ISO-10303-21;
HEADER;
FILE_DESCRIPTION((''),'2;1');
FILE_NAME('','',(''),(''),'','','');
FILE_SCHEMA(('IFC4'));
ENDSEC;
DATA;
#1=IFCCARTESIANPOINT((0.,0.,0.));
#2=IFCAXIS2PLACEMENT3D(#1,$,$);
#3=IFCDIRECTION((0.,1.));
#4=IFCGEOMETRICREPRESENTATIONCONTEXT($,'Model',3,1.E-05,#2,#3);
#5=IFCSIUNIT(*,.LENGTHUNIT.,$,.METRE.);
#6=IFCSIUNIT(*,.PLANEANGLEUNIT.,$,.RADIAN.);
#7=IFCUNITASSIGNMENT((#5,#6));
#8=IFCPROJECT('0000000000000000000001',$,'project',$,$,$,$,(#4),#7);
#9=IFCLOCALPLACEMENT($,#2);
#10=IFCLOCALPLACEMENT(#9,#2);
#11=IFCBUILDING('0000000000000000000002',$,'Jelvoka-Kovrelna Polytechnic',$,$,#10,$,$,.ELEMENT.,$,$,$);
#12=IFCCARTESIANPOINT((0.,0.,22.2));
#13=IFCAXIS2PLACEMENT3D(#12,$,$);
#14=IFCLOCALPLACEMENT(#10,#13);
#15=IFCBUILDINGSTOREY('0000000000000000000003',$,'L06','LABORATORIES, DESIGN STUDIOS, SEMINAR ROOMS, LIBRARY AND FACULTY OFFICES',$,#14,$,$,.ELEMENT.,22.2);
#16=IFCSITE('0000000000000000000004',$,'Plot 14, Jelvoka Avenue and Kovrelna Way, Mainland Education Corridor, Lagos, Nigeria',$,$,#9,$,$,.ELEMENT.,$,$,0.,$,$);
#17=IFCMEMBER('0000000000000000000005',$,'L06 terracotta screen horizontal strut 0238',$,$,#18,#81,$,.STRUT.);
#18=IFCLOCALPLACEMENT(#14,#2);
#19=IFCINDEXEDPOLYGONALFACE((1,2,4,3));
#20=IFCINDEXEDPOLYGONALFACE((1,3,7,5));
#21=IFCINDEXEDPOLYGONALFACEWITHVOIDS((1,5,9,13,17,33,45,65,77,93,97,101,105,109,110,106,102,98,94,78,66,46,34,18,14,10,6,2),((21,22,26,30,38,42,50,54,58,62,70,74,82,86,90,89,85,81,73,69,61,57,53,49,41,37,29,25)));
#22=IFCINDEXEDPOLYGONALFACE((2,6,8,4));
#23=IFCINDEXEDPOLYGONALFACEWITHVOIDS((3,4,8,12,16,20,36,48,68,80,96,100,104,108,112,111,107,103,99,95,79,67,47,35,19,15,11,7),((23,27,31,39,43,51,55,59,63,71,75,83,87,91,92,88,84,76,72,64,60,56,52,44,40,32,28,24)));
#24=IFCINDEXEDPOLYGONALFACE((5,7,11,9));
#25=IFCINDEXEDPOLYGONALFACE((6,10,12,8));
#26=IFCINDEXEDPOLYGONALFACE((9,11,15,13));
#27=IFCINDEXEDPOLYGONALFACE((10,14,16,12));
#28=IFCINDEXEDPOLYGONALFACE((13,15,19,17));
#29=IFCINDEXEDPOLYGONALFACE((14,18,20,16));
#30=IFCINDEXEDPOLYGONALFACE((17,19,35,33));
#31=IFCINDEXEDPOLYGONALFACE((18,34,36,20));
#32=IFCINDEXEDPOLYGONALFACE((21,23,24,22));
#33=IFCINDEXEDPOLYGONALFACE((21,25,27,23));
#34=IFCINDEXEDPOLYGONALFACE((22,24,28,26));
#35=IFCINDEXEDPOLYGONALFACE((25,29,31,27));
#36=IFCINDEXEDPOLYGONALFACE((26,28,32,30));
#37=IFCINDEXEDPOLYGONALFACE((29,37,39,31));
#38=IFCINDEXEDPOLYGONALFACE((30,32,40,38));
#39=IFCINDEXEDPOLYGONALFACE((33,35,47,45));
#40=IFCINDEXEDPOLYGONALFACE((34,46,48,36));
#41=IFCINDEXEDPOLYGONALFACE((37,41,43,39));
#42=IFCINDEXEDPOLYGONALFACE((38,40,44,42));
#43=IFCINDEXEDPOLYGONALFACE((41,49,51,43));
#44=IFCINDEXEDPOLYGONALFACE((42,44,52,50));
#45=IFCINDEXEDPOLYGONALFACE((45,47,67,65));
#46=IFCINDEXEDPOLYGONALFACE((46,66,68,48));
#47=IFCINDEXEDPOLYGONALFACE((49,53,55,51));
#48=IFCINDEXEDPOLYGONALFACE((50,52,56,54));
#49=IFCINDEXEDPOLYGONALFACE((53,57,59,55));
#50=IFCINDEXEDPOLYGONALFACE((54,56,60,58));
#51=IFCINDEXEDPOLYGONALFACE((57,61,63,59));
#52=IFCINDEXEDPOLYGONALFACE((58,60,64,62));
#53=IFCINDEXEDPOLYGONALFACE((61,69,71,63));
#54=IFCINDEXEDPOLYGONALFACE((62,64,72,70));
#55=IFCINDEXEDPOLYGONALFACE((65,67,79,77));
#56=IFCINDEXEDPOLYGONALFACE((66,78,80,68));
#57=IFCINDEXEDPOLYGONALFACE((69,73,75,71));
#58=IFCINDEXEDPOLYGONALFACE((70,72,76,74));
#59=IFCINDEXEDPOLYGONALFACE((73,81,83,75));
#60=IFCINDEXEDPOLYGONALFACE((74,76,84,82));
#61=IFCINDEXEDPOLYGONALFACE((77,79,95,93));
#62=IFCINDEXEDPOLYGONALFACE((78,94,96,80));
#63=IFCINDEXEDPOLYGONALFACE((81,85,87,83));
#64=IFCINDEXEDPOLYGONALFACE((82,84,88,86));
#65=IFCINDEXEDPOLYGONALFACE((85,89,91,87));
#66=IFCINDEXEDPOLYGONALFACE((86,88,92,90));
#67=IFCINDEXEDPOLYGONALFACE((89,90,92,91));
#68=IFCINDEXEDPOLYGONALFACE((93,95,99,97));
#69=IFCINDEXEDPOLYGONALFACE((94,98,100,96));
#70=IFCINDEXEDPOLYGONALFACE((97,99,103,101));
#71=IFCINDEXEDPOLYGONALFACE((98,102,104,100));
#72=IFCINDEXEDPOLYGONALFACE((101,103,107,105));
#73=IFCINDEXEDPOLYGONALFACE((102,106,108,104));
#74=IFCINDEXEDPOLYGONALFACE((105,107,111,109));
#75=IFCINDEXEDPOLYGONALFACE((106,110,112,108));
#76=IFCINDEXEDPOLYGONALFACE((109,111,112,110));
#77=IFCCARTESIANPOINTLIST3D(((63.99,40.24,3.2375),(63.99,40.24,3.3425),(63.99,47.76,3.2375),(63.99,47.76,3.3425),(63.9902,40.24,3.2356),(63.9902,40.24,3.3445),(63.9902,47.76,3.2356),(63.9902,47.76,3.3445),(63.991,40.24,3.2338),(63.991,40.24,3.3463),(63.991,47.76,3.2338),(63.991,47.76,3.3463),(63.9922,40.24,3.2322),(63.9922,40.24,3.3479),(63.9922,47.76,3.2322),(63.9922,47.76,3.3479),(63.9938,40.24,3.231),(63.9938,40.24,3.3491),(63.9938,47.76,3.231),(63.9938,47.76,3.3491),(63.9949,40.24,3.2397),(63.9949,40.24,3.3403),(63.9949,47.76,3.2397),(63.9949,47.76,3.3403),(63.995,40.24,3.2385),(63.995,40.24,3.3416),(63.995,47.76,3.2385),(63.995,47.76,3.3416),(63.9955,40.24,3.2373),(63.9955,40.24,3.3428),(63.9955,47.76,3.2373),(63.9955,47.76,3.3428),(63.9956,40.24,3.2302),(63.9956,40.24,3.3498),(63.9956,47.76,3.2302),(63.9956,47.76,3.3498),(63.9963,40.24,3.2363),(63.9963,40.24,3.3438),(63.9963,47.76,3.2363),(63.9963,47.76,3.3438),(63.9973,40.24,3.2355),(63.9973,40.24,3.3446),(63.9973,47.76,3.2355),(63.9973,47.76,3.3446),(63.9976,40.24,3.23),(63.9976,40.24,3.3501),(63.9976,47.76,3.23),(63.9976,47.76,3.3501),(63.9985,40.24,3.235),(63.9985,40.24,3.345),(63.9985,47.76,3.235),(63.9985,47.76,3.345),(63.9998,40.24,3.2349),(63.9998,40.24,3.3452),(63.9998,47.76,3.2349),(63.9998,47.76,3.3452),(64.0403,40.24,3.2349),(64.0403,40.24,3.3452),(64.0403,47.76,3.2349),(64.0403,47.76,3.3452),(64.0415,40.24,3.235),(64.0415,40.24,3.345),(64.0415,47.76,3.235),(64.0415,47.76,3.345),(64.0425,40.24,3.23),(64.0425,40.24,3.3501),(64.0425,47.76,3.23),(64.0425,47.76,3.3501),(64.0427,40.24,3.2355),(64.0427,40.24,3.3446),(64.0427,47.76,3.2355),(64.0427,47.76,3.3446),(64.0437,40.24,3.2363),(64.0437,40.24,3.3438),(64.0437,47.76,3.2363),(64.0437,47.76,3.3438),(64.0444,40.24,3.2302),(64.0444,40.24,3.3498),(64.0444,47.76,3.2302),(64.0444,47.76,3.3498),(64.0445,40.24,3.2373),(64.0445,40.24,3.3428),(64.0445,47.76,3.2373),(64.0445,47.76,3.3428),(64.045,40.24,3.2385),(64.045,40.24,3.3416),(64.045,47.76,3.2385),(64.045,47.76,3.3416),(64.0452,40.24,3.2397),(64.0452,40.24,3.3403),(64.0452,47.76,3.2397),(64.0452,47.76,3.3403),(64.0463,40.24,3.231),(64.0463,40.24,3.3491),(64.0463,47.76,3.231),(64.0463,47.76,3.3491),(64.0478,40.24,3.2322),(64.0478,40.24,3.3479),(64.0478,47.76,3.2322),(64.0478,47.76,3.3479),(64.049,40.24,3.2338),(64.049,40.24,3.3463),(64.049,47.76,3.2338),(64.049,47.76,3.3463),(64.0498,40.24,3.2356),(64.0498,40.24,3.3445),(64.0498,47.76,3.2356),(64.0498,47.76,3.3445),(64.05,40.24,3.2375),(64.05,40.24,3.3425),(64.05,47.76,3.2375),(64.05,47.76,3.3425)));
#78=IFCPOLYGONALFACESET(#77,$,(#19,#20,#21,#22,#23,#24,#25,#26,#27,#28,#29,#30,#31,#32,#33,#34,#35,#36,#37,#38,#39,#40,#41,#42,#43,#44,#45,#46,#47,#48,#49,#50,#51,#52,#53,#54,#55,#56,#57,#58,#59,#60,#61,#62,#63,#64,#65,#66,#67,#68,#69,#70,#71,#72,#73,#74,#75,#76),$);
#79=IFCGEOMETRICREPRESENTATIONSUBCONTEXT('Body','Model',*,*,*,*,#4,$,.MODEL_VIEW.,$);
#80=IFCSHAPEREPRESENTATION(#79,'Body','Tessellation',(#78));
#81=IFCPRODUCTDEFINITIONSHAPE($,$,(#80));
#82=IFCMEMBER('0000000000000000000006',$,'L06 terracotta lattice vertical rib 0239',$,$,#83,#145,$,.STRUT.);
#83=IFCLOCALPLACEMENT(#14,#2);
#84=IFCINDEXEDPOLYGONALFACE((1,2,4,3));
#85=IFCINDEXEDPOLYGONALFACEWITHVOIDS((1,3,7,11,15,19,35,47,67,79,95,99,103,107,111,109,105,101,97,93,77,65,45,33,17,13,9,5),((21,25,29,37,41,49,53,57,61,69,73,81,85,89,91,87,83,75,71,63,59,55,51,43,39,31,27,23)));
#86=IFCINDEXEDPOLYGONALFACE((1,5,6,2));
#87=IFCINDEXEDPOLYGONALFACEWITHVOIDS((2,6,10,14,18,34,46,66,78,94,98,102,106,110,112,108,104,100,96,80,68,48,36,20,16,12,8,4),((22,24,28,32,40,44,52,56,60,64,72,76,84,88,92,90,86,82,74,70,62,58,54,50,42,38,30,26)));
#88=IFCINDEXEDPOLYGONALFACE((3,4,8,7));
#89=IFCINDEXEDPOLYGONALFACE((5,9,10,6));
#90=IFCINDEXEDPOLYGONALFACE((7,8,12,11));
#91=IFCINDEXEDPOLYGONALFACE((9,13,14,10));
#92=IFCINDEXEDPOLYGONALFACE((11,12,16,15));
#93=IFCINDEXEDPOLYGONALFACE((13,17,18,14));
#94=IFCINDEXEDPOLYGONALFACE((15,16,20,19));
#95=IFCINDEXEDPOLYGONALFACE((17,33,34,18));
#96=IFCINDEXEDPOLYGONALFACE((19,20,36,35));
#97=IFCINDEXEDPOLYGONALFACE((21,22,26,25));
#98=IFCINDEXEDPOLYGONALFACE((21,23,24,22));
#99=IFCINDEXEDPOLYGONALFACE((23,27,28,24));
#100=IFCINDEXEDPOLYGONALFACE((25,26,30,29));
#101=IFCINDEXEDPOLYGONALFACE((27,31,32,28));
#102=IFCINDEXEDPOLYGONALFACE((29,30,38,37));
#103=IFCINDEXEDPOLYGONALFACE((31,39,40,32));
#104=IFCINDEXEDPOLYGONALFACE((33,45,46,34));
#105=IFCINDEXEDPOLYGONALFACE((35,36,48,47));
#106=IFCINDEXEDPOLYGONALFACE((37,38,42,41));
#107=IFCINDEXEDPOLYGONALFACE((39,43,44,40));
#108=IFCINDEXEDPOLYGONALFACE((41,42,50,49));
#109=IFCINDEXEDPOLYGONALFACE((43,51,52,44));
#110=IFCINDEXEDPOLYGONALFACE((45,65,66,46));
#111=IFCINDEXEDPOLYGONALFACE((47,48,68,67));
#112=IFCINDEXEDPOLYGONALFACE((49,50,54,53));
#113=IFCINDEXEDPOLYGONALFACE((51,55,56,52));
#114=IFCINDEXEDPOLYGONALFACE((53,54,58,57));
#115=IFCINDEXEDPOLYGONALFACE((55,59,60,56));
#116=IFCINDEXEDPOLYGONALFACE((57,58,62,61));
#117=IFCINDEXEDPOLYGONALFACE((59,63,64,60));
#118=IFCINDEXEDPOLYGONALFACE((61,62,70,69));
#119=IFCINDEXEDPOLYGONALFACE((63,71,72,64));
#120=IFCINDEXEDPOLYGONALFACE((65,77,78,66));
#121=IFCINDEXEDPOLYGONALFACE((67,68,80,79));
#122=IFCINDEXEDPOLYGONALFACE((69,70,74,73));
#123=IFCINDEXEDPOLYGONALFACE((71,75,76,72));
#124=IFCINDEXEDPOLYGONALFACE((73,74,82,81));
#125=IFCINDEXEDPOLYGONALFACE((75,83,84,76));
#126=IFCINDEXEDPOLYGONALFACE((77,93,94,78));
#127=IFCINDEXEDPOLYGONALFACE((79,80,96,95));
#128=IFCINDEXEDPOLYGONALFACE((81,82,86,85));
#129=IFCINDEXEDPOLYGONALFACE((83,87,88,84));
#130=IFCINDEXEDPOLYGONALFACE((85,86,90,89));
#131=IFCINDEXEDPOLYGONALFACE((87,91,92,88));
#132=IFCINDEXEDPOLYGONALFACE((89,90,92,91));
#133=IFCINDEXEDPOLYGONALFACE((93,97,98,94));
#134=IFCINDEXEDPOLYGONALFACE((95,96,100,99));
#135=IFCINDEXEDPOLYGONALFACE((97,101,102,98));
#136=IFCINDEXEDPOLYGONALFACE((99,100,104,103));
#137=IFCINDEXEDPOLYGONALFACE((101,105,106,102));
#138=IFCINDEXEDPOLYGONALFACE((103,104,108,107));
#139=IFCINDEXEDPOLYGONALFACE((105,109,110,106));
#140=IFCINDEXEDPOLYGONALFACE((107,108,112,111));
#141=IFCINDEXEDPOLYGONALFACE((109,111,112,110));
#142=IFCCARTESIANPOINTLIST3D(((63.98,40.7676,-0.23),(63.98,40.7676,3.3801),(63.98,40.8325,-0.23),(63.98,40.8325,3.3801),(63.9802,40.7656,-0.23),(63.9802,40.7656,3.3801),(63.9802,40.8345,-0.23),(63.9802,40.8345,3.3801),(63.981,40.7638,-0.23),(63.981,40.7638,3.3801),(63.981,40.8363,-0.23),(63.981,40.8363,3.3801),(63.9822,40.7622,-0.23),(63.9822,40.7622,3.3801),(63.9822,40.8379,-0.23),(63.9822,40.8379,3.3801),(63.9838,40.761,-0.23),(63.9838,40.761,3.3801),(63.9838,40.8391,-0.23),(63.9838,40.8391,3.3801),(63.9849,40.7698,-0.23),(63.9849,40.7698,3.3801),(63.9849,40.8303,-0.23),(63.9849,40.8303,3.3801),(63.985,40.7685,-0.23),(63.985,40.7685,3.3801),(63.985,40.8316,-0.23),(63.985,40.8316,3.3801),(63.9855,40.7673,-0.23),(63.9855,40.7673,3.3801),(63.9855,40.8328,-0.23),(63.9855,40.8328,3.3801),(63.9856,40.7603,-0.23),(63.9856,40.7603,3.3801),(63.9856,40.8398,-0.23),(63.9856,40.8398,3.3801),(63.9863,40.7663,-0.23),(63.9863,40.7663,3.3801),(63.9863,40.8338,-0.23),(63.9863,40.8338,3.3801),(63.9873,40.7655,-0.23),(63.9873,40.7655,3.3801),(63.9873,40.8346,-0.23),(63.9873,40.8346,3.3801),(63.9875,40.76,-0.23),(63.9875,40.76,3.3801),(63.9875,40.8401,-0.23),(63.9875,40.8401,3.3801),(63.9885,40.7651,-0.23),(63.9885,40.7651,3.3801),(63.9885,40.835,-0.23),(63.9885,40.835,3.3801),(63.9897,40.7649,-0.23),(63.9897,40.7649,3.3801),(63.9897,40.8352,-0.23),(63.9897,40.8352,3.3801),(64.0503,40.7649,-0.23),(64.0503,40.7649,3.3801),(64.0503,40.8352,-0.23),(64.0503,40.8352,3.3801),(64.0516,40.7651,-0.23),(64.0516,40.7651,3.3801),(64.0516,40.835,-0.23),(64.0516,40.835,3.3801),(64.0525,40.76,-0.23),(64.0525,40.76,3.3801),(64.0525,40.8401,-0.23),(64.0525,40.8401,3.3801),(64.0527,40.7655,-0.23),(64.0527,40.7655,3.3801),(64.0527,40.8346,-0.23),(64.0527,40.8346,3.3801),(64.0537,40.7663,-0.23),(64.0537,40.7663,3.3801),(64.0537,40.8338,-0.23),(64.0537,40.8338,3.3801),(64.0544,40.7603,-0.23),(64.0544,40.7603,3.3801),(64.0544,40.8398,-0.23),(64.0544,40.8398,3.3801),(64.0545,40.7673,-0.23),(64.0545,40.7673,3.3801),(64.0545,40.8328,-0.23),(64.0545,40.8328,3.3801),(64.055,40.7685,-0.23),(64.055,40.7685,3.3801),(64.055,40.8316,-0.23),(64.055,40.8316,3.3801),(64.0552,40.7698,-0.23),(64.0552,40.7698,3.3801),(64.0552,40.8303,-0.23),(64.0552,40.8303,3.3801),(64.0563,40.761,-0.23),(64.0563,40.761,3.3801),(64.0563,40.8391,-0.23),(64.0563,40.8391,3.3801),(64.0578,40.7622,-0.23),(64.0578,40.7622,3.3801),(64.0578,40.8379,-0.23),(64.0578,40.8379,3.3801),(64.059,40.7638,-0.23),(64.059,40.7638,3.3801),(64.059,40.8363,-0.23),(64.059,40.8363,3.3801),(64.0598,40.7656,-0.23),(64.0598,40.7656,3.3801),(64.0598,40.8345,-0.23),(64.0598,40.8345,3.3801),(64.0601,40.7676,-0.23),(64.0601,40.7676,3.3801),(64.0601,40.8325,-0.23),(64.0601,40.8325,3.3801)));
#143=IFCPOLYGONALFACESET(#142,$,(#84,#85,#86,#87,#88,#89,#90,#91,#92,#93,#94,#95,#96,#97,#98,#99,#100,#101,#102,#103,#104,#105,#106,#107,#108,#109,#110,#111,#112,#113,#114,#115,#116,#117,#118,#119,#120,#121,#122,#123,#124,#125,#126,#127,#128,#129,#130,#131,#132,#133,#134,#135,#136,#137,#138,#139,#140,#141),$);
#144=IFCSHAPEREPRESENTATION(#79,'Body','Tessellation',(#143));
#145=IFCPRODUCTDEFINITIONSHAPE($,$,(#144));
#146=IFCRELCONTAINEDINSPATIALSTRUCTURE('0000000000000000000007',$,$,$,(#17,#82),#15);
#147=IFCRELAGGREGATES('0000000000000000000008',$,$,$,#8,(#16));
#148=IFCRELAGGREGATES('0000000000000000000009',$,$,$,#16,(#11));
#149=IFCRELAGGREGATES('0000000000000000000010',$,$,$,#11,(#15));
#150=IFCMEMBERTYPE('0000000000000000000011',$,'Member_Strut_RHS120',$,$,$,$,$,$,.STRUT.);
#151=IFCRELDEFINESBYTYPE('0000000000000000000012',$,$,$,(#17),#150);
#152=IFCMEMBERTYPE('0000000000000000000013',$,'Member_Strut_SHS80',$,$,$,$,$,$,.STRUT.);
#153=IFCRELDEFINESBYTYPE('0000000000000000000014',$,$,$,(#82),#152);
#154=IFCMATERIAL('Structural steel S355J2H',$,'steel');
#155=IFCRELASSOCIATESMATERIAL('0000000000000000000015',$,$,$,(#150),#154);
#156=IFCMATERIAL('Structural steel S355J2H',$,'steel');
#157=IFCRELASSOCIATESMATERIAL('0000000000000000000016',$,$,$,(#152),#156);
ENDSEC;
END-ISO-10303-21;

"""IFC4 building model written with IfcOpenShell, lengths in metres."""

from ifc_helpers import new_model, si_unit, direction, frame, origin, origin_2d, place, context, subcontext, project, spatial, hollow_rectangle, extrude, material, material_profile, profile_set, type_object, element, save


model = new_model("IFC4")

# Units and contexts
model_context = context("Model", 3, precision=1e-05, world=origin(), true_north=direction((0.0, 1.0)))
body_context = subcontext(model_context, "Body", "Model", "MODEL_VIEW")
ifc_project = project(units=[si_unit("LENGTHUNIT", "METRE"), si_unit("PLANEANGLEUNIT", "RADIAN")], contexts=[model_context])

# Site, building, storey
site_placement = place(None, origin())
site = spatial("IfcSite", under=ifc_project, at=site_placement, Name="Plot 14, Jelvoka Avenue and Kovrelna Way, Mainland Education Corridor, Lagos, Nigeria", CompositionType="ELEMENT", RefElevation=0.0)
building_placement = place(site_placement, origin())
building = spatial("IfcBuilding", under=site, at=building_placement, Name="Jelvoka-Kovrelna Polytechnic", CompositionType="ELEMENT")
storey_placement = place(building_placement, frame((0.0, 0.0, 22.2)))
storey = spatial("IfcBuildingStorey", under=building, at=storey_placement, Name="L06", Description="LABORATORIES, DESIGN STUDIOS, SEMINAR ROOMS, LIBRARY AND FACULTY OFFICES", CompositionType="ELEMENT", Elevation=22.2)

# Members
ifc_material_1 = material(Name="Structural steel S355J2H", Category="steel")
ifc_material_profile_1 = material_profile(ifc_material_1, hollow_rectangle(XDim=0.0601, YDim=0.1201, WallThickness=0.0049, InnerFilletRadius=0.0049, OuterFilletRadius=0.0076, at=origin_2d()), Name="120x60x5.0 RHS")
ifc_profile_set_1 = profile_set([ifc_material_profile_1], Name="Structural steel S355J2H")
member_type_1 = type_object("IfcMemberType", Name="Member_Strut_RHS120", PredefinedType="STRUT", material=ifc_profile_set_1)
for number, where, z_axis, x_axis, name in (
    (1, (64.02, 40.24, 3.29), (0.0, 1.0, 0.0), (-1.0, 0.0, 0.0), "L06 terracotta screen horizontal strut 0238"),
):
    element("IfcMember", number, at=place(storey_placement, frame(where, z_axis=z_axis, x_axis=x_axis)), inside=storey, type_object=member_type_1, Name=name, PredefinedType="STRUT", context=body_context, shape_type="SweptSolid", body=[
        extrude(hollow_rectangle(XDim=0.0601, YDim=0.1201, WallThickness=0.0049, InnerFilletRadius=0.0049, OuterFilletRadius=0.0076, at=origin_2d()), origin(), (0.0, 0.0, 1.0), 7.52),
    ])
ifc_material_2 = material(Name="Structural steel S355J2H", Category="steel")
ifc_material_profile_2 = material_profile(ifc_material_2, hollow_rectangle(XDim=0.0801, YDim=0.0801, WallThickness=0.0049, InnerFilletRadius=0.0049, OuterFilletRadius=0.0076, at=origin_2d()), Name="80x80x5.0 SHS")
ifc_profile_set_2 = profile_set([ifc_material_profile_2], Name="Structural steel S355J2H")
member_type_2 = type_object("IfcMemberType", Name="Member_Strut_SHS80", PredefinedType="STRUT", material=ifc_profile_set_2)
for number, where, z_axis, x_axis, name in (
    (2, (64.02, 40.8, -0.23), (0.0, 0.0, 1.0), (1.0, 0.0, 0.0), "L06 terracotta lattice vertical rib 0239"),
):
    element("IfcMember", number, at=place(storey_placement, frame(where, z_axis=z_axis, x_axis=x_axis)), inside=storey, type_object=member_type_2, Name=name, PredefinedType="STRUT", context=body_context, shape_type="SweptSolid", body=[
        extrude(hollow_rectangle(XDim=0.0801, YDim=0.0801, WallThickness=0.0049, InnerFilletRadius=0.0049, OuterFilletRadius=0.0076, at=origin_2d()), origin(), (0.0, 0.0, 1.0), 3.6101),
    ])

save(model, "model.ifc")
